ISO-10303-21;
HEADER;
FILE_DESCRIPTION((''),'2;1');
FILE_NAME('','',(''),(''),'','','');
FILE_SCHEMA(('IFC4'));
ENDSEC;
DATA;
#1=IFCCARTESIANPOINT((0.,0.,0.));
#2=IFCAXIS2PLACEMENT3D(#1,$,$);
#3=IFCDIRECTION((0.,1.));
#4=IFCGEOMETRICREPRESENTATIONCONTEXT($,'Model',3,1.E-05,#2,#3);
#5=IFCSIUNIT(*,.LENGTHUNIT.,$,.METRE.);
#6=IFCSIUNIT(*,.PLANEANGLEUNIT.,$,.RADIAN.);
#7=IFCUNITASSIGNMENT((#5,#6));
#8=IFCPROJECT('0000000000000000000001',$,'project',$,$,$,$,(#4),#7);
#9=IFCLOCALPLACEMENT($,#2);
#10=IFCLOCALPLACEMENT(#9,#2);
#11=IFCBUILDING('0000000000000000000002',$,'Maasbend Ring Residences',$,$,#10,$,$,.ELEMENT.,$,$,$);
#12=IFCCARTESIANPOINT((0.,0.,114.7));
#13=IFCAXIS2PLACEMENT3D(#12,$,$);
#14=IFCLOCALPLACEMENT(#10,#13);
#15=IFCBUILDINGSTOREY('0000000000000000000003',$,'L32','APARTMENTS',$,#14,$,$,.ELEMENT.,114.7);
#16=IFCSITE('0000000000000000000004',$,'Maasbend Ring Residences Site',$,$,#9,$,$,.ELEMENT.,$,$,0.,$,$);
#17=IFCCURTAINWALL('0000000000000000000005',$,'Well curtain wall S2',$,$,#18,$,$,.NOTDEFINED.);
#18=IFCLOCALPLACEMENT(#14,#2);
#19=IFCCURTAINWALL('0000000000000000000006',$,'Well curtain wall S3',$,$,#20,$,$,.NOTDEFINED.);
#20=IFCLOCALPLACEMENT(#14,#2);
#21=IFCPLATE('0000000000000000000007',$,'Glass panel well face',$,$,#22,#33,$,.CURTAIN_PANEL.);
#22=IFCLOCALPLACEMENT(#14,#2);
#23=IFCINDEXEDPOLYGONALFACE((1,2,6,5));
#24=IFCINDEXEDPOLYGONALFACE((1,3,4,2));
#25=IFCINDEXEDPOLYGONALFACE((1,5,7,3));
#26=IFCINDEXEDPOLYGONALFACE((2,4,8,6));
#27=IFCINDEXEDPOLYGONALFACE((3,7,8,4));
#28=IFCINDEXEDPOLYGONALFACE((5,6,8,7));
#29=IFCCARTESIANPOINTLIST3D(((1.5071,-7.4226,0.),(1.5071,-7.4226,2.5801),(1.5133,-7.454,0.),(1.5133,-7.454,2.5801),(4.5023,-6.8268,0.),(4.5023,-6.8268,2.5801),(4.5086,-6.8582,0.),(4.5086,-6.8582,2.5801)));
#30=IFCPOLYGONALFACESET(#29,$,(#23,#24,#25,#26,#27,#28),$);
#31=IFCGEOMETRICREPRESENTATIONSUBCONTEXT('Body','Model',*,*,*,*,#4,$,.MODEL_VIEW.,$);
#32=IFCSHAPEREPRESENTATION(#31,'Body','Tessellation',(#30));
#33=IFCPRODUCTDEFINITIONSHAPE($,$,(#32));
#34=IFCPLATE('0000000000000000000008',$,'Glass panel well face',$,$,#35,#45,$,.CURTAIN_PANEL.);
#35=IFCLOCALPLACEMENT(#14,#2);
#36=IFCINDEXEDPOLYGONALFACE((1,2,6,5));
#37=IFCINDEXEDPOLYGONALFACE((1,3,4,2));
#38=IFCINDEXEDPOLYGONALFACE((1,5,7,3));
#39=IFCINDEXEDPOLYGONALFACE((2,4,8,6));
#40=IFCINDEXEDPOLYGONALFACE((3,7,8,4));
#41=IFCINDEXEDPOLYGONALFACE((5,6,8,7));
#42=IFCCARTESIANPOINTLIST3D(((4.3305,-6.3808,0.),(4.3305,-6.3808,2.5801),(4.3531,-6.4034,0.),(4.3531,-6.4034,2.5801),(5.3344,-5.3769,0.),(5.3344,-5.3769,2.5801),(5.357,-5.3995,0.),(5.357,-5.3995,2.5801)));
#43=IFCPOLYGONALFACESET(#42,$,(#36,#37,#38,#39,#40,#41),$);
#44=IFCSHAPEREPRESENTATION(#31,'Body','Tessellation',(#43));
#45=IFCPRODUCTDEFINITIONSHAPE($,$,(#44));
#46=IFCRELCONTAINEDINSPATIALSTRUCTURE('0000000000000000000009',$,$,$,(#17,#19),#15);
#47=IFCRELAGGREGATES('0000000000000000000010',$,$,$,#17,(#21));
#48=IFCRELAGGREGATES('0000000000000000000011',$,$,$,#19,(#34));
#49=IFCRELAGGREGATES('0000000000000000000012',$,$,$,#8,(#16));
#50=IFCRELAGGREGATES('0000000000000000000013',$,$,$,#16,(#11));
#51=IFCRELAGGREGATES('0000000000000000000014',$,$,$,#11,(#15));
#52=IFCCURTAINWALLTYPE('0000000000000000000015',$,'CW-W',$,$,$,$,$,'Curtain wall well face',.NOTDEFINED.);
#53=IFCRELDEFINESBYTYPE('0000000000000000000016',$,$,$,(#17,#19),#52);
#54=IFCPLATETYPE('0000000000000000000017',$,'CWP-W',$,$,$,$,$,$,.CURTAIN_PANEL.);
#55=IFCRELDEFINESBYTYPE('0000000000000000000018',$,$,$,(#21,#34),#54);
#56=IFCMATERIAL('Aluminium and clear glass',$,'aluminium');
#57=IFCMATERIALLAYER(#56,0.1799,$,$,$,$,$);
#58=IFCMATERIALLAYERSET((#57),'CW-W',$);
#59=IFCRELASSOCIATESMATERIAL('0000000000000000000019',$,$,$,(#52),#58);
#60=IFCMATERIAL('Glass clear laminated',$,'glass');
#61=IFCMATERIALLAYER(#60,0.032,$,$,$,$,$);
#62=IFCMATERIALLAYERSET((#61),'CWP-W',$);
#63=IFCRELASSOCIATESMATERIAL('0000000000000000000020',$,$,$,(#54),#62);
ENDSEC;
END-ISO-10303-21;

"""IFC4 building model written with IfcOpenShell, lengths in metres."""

from ifc_helpers import new_model, si_unit, direction, frame, origin, origin_2d, place, context, subcontext, project, spatial, rectangle, extrude, material, layer, layer_set, type_object, element, aggregate, save


model = new_model("IFC4")

# Units and contexts
model_context = context("Model", 3, precision=1e-05, world=origin(), true_north=direction((0.0, 1.0)))
body_context = subcontext(model_context, "Body", "Model", "MODEL_VIEW")
ifc_project = project(units=[si_unit("LENGTHUNIT", "METRE"), si_unit("PLANEANGLEUNIT", "RADIAN")], contexts=[model_context])

# Site, building, storey
site_placement = place(None, origin())
site = spatial("IfcSite", under=ifc_project, at=site_placement, Name="Maasbend Ring Residences Site", CompositionType="ELEMENT", RefElevation=0.0)
building_placement = place(site_placement, origin())
building = spatial("IfcBuilding", under=site, at=building_placement, Name="Maasbend Ring Residences", CompositionType="ELEMENT")
storey_placement = place(building_placement, frame((0.0, 0.0, 114.7)))
storey = spatial("IfcBuildingStorey", under=building, at=storey_placement, Name="L32", Description="APARTMENTS", CompositionType="ELEMENT", Elevation=114.7)

# Curtain walls
ifc_material_1 = material(Name="Aluminium and clear glass", Category="aluminium")
ifc_layer_1 = layer(ifc_material_1, 0.1799)
ifc_layer_set_1 = layer_set([ifc_layer_1], Name="CW-W")
curtain_wall_type = type_object("IfcCurtainWallType", Name="CW-W", ElementType="Curtain wall well face", PredefinedType="NOTDEFINED", material=ifc_layer_set_1)
curtain_wall_1_placement = place(storey_placement, origin())
curtain_wall_1 = element("IfcCurtainWall", 1, at=curtain_wall_1_placement, inside=storey, type_object=curtain_wall_type, Name="Well curtain wall S2", PredefinedType="NOTDEFINED")
curtain_wall_2_placement = place(storey_placement, origin())
curtain_wall_2 = element("IfcCurtainWall", 2, at=curtain_wall_2_placement, inside=storey, type_object=curtain_wall_type, Name="Well curtain wall S3", PredefinedType="NOTDEFINED")

# Plates
ifc_material_2 = material(Name="Glass clear laminated", Category="glass")
ifc_layer_2 = layer(ifc_material_2, 0.032)
ifc_layer_set_2 = layer_set([ifc_layer_2], Name="CWP-W")
plate_type = type_object("IfcPlateType", Name="CWP-W", PredefinedType="CURTAIN_PANEL", material=ifc_layer_set_2)
plate_1_placement = place(storey_placement, frame((3.0078, -7.1404, 0.0), z_axis=(0.0, 0.0, 1.0), x_axis=(0.980785, 0.19509, 0.0)))
plate_1 = element("IfcPlate", 3, at=plate_1_placement, type_object=plate_type, Name="Glass panel well face", PredefinedType="CURTAIN_PANEL", context=body_context, shape_type="SweptSolid", body=[
    extrude(rectangle(XDim=3.054, YDim=0.032, at=origin_2d()), origin(), (0.0, 0.0, 1.0), 2.5801),
])
aggregate(curtain_wall_1, [plate_1])
plate_2_placement = place(storey_placement, frame((4.8438, -5.8901, 0.0), z_axis=(0.0, 0.0, 1.0), x_axis=(0.707107, 0.707107, 0.0)))
plate_2 = element("IfcPlate", 4, at=plate_2_placement, type_object=plate_type, Name="Glass panel well face", PredefinedType="CURTAIN_PANEL", context=body_context, shape_type="SweptSolid", body=[
    extrude(rectangle(XDim=1.4197, YDim=0.032, at=origin_2d()), origin(), (0.0, 0.0, 1.0), 2.5801),
])
aggregate(curtain_wall_2, [plate_2])

save(model, "model.ifc")
